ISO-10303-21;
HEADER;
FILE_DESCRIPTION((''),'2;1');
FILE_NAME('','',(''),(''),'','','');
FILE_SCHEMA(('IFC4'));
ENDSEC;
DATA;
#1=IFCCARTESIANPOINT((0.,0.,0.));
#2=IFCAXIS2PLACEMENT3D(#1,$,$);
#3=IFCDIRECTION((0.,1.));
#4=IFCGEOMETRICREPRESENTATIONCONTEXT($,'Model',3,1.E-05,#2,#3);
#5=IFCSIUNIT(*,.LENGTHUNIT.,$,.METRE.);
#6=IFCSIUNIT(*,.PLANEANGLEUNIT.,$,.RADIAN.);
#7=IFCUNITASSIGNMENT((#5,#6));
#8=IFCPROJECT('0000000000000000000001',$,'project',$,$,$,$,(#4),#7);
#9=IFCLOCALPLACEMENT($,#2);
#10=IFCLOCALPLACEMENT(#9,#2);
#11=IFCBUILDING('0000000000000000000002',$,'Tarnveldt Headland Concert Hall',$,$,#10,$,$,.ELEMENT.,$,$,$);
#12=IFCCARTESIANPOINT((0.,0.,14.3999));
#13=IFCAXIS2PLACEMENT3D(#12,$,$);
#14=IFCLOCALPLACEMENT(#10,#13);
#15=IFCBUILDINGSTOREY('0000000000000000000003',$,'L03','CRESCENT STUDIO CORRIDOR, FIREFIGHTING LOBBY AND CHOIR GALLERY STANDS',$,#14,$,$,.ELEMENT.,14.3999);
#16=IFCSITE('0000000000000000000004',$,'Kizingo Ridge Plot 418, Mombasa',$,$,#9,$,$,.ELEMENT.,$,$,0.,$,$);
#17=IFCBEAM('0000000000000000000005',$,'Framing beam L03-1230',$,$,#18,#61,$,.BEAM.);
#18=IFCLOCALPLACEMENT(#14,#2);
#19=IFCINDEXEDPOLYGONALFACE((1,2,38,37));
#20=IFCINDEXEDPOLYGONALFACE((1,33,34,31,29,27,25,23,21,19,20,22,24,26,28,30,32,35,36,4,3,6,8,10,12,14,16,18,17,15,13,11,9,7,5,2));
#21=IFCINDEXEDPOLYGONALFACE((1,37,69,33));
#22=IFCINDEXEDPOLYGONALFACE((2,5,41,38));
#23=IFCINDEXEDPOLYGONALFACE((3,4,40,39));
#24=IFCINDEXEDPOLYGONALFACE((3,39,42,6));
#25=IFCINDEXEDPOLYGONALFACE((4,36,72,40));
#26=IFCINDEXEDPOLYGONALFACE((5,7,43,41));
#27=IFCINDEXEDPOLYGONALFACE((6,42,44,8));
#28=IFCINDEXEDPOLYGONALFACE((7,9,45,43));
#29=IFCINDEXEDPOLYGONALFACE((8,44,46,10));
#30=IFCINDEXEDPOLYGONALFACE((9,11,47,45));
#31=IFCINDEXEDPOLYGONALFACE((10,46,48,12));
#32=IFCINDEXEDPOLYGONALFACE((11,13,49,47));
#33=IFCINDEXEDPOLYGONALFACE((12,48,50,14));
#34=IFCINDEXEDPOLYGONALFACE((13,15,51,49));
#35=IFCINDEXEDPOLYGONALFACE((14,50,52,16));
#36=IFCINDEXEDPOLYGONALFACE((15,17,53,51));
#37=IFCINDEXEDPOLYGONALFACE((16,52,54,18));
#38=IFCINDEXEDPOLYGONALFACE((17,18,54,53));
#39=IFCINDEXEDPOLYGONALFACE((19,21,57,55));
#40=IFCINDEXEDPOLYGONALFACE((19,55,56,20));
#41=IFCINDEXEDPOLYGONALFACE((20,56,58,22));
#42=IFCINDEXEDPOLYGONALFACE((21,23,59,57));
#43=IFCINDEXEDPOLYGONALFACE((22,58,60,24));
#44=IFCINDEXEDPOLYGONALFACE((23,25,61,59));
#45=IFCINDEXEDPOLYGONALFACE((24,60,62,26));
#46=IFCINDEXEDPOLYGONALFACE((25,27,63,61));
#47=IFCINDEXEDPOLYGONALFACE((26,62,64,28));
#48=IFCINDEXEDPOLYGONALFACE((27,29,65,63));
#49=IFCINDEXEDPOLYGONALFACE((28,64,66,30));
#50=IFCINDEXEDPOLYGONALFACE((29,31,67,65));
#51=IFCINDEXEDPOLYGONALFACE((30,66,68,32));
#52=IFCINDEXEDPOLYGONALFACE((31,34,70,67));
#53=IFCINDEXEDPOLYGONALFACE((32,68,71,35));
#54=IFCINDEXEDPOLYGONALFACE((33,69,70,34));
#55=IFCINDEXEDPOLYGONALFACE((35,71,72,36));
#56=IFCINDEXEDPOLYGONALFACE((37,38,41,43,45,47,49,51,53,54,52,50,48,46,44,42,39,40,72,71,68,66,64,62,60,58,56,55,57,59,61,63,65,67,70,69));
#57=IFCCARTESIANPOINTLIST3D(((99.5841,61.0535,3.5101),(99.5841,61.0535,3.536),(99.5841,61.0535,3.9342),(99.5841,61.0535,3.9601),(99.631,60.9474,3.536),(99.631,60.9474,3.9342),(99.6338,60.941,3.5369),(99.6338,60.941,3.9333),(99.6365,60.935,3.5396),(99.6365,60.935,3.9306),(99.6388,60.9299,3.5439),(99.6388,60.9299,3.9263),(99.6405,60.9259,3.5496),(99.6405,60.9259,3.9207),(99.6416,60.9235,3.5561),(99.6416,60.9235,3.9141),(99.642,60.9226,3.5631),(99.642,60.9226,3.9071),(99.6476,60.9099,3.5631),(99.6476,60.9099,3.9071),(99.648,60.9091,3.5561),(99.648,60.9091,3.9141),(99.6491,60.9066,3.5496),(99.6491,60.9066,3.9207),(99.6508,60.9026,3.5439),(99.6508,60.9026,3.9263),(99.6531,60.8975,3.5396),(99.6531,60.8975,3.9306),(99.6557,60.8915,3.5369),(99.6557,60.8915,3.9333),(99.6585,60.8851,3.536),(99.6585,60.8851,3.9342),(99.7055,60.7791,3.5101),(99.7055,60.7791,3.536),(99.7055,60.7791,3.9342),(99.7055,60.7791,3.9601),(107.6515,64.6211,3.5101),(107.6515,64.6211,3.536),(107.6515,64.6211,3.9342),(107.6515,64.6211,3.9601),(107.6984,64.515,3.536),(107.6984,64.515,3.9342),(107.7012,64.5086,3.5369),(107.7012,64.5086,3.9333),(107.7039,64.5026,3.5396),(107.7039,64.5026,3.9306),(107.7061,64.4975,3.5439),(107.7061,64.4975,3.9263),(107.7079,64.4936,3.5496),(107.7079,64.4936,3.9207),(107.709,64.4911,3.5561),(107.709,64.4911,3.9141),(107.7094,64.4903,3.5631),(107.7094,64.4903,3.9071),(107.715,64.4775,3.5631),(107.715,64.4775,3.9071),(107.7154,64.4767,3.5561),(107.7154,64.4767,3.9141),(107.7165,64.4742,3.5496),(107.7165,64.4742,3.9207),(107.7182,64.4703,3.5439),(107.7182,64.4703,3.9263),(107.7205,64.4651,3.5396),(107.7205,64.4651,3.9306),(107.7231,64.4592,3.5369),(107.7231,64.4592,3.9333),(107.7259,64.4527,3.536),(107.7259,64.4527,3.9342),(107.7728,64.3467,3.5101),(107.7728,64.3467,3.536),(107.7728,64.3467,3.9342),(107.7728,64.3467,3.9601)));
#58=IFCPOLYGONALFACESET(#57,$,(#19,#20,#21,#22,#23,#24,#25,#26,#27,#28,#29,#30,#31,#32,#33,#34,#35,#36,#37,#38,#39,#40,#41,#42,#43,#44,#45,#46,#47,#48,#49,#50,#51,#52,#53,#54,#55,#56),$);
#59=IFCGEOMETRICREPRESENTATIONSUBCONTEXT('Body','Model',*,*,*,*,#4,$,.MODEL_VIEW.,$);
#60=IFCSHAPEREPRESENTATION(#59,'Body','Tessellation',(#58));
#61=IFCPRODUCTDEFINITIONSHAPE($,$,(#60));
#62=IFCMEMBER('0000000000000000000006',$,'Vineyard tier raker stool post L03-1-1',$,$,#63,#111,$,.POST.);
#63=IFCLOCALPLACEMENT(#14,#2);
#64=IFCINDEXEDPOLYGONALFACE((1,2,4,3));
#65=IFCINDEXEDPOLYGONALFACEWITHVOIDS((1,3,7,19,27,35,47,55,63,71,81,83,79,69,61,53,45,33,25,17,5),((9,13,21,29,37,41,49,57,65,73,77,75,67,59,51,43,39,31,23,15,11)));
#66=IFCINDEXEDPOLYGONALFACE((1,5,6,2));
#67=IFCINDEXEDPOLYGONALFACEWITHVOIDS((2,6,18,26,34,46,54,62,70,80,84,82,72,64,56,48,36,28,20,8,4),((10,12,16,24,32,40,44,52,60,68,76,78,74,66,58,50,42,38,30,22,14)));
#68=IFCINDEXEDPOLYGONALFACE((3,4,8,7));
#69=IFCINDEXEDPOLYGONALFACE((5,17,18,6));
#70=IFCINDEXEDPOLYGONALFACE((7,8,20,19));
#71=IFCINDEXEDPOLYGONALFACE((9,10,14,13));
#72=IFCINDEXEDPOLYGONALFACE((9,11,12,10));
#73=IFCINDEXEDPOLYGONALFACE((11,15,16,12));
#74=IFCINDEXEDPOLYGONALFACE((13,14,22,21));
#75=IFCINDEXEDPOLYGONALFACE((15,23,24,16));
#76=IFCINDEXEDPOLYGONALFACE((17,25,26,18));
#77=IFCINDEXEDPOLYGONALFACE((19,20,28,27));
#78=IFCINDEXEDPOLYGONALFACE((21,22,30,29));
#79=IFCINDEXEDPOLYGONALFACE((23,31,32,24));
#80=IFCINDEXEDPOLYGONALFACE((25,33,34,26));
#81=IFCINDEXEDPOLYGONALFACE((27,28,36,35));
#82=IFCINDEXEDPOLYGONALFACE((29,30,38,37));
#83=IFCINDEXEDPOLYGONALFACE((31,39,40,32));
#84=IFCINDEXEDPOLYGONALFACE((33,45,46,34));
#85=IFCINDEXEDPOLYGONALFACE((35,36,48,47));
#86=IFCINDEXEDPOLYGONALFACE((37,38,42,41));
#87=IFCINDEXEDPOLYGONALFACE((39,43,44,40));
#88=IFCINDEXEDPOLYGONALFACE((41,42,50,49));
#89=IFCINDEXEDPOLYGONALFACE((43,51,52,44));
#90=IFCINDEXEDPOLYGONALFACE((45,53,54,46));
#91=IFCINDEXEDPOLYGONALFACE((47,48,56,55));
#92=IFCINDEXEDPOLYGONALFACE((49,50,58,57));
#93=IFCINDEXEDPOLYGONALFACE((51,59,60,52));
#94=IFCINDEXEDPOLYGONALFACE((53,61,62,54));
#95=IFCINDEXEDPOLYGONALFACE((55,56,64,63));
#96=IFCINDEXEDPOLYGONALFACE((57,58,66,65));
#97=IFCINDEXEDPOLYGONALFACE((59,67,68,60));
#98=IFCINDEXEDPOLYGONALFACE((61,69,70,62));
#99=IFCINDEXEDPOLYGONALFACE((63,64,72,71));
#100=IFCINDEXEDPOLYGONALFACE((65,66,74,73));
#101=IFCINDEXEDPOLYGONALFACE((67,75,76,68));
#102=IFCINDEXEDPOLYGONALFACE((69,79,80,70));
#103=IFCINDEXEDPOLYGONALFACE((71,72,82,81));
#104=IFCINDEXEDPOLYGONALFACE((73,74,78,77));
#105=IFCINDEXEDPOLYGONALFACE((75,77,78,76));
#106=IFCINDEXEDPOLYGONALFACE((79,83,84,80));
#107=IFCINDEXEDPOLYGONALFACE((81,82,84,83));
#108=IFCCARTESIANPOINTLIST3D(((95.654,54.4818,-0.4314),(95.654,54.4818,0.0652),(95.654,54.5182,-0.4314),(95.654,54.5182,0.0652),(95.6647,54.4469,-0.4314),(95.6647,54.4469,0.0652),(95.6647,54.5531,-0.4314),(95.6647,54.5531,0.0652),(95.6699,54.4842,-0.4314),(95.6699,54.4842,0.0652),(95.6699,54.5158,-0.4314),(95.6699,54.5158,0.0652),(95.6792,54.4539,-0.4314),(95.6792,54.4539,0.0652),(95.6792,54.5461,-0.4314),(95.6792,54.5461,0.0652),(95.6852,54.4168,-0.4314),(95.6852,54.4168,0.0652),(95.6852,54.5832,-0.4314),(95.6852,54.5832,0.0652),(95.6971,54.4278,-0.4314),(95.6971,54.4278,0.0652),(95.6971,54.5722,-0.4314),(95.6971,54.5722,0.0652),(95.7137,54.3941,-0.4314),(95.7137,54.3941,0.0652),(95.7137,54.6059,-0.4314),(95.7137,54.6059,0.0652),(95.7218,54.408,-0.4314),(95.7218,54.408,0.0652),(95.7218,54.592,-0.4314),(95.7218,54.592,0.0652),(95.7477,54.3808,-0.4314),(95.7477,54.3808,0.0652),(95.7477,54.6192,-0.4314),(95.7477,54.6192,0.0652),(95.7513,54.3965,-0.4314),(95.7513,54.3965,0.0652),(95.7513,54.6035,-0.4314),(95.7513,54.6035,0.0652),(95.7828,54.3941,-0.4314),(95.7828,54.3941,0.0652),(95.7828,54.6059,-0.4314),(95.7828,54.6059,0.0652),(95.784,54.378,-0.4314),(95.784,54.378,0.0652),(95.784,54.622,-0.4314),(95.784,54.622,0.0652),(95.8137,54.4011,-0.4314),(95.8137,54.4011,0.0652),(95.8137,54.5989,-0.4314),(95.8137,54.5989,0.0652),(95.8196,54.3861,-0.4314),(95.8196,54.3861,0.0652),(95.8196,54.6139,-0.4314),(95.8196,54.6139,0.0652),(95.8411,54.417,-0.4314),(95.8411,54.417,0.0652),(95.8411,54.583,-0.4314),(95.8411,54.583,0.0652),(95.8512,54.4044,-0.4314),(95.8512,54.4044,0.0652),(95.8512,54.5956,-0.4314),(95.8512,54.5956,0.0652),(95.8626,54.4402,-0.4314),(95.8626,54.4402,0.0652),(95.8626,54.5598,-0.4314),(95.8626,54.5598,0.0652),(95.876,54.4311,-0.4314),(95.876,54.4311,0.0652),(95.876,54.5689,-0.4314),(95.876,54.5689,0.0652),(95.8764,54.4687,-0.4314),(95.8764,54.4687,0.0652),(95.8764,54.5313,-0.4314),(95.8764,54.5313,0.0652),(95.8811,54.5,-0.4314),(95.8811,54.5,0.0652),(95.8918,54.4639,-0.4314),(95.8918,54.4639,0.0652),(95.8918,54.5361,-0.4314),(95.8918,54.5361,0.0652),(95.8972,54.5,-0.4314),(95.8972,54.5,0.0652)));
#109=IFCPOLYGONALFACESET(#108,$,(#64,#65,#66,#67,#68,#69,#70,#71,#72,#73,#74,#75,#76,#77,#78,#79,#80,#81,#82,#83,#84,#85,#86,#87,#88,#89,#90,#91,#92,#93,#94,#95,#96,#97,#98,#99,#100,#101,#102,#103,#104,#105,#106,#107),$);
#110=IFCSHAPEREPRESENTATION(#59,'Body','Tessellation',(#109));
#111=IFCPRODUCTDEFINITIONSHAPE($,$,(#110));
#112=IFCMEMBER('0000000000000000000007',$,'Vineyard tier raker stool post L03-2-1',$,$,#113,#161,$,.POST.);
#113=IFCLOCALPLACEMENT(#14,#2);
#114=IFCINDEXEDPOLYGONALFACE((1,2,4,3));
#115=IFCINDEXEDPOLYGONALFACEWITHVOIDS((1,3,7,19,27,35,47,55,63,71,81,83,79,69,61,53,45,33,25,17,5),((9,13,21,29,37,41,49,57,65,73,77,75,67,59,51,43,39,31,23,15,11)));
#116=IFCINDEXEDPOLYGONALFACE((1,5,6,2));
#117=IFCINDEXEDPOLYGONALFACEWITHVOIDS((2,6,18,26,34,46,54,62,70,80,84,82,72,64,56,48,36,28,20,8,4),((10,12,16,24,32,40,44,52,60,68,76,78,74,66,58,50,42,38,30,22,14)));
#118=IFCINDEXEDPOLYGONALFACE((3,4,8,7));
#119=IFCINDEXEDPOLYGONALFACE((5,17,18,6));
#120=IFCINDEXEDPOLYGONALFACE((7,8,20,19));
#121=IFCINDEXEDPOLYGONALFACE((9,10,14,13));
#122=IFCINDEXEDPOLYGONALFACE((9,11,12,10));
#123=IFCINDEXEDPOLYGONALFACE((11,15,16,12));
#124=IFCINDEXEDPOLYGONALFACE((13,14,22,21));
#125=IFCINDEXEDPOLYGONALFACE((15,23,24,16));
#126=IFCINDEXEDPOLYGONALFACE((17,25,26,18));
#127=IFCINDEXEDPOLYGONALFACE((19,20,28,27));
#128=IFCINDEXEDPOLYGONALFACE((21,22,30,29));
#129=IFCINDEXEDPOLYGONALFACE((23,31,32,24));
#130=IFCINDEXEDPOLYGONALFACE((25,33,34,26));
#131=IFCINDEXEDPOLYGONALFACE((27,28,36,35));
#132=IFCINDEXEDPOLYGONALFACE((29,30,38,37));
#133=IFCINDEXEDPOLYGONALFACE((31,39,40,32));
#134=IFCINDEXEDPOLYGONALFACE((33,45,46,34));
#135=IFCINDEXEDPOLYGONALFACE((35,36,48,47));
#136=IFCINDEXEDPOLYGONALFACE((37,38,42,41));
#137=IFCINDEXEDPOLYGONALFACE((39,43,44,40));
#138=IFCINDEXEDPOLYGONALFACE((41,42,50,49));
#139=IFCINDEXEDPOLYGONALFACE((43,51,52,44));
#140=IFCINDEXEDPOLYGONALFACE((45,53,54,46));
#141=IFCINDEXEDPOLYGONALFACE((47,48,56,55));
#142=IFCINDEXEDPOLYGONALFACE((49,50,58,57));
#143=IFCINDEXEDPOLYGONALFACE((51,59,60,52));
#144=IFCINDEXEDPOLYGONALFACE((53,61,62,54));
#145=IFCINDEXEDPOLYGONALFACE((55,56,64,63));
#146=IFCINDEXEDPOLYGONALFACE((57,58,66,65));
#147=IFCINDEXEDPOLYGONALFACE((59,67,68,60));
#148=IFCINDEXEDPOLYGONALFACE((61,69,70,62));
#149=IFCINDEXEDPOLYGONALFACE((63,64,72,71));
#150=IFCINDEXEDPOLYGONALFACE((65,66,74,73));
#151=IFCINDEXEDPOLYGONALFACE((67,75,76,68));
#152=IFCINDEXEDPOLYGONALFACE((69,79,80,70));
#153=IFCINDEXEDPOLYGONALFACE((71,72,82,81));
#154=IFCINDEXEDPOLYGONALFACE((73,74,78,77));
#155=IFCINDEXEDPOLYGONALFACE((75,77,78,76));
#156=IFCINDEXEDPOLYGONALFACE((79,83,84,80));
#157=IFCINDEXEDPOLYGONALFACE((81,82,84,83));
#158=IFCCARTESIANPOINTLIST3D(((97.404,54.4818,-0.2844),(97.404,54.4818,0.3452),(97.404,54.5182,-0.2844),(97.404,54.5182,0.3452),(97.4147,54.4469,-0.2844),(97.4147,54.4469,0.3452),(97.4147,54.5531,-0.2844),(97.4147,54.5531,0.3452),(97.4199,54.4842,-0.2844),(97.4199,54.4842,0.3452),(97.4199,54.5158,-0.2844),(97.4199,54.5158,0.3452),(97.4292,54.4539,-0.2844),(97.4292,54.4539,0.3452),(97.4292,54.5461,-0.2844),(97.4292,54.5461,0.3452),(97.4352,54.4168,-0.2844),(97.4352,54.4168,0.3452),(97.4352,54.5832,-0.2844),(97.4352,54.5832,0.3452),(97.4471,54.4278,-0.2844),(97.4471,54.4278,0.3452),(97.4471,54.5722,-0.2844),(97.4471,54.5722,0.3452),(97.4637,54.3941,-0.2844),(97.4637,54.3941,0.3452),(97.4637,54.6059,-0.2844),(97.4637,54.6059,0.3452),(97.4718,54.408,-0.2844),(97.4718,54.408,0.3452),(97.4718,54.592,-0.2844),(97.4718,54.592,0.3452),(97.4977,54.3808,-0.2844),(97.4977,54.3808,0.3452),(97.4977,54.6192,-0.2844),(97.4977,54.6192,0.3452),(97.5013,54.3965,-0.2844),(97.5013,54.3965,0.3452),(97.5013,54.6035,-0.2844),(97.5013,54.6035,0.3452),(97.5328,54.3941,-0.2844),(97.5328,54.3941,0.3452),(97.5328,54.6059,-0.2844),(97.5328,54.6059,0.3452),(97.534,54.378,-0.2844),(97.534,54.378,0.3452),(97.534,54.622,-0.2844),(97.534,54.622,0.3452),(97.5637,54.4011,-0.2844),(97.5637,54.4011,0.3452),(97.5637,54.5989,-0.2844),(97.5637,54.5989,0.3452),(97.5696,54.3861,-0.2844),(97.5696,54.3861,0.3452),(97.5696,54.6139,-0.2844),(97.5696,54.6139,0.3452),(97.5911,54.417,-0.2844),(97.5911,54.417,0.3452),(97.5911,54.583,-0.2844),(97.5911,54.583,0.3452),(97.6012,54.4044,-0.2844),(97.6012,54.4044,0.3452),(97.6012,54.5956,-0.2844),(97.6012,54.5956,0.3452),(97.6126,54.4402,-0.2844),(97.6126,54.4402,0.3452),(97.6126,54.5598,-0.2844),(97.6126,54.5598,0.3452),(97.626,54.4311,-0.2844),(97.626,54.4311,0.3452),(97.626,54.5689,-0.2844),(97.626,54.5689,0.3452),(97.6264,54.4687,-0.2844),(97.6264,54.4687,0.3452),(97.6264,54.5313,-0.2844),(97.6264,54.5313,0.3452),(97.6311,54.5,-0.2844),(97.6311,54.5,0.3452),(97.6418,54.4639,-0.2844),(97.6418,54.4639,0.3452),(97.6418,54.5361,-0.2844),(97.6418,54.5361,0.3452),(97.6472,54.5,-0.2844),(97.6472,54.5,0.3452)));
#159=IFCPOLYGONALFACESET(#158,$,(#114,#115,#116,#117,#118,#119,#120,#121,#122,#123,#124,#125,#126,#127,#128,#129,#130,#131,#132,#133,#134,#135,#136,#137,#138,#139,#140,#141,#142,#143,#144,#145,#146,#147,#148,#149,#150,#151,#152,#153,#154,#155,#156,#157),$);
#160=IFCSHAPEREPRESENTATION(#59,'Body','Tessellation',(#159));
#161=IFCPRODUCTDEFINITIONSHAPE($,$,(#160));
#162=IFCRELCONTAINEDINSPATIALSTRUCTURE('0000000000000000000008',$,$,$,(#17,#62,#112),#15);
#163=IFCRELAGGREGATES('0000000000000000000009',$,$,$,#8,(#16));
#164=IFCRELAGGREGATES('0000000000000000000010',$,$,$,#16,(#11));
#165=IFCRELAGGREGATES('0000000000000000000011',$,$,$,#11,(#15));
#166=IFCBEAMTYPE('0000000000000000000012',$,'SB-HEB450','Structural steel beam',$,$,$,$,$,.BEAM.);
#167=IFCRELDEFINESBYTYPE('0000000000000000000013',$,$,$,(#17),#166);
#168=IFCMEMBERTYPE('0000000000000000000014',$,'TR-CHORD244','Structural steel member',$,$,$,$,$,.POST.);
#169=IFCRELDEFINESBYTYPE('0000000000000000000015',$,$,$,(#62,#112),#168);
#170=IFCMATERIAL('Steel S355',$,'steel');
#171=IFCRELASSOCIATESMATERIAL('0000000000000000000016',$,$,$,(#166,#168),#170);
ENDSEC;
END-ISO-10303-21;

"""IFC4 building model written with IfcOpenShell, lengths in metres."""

from ifc_helpers import new_model, si_unit, direction, frame, origin, origin_2d, place, context, subcontext, project, spatial, hollow_circle, i_section, extrude, material, material_profile, profile_set, type_object, element, save


model = new_model("IFC4")

# Units and contexts
model_context = context("Model", 3, precision=1e-05, world=origin(), true_north=direction((0.0, 1.0)))
body_context = subcontext(model_context, "Body", "Model", "MODEL_VIEW")
ifc_project = project(units=[si_unit("LENGTHUNIT", "METRE"), si_unit("PLANEANGLEUNIT", "RADIAN")], contexts=[model_context])

# Site, building, storey
site_placement = place(None, origin())
site = spatial("IfcSite", under=ifc_project, at=site_placement, Name="Kizingo Ridge Plot 418, Mombasa", CompositionType="ELEMENT", RefElevation=0.0)
building_placement = place(site_placement, origin())
building = spatial("IfcBuilding", under=site, at=building_placement, Name="Tarnveldt Headland Concert Hall", CompositionType="ELEMENT")
storey_placement = place(building_placement, frame((0.0, 0.0, 14.3999)))
storey = spatial("IfcBuildingStorey", under=building, at=storey_placement, Name="L03", Description="CRESCENT STUDIO CORRIDOR, FIREFIGHTING LOBBY AND CHOIR GALLERY STANDS", CompositionType="ELEMENT", Elevation=14.3999)

# Beam
ifc_material_1 = material(Name="Steel S355", Category="steel")
ifc_material_profile_1 = material_profile(ifc_material_1, i_section(OverallWidth=0.3, OverallDepth=0.45, WebThickness=0.0139, FlangeThickness=0.0259, FilletRadius=0.0271, at=origin_2d()), Name="HEB450", Category="steel")
ifc_profile_set_1 = profile_set([ifc_material_profile_1], Name="Steel S355")
beam_type_1 = type_object("IfcBeamType", Name="SB-HEB450", Description="Structural steel beam", PredefinedType="BEAM", material=ifc_profile_set_1)
beam_1_placement = place(storey_placement, frame((99.6448, 60.9163, 3.7351), z_axis=(0.914562, 0.404445, 0.0), x_axis=(-0.404445, 0.914562, 0.0)))
element("IfcBeam", 1, at=beam_1_placement, inside=storey, type_object=beam_type_1, Name="Framing beam L03-1230", PredefinedType="BEAM", context=body_context, shape_type="SweptSolid", body=[
    extrude(i_section(OverallWidth=0.3, OverallDepth=0.45, WebThickness=0.0139, FlangeThickness=0.0259, FilletRadius=0.0271, at=origin_2d()), origin(), (0.0, 0.0, 1.0), 8.821),
])

# Members
ifc_material_profile_2 = material_profile(ifc_material_1, hollow_circle(Radius=0.1223, WallThickness=0.0161, at=origin_2d()), Name="CHS 244.5x16", Category="steel")
ifc_profile_set_2 = profile_set([ifc_material_profile_2], Name="Steel S355")
member_type = type_object("IfcMemberType", Name="TR-CHORD244", Description="Structural steel member", PredefinedType="POST", material=ifc_profile_set_2)
member_1_placement = place(storey_placement, frame((95.7749, 54.5, -0.4314), z_axis=(0.0, 0.0, 1.0), x_axis=(1.0, 0.0, 0.0)))
element("IfcMember", 2, at=member_1_placement, inside=storey, type_object=member_type, Name="Vineyard tier raker stool post L03-1-1", PredefinedType="POST", context=body_context, shape_type="SweptSolid", body=[
    extrude(hollow_circle(Radius=0.1223, WallThickness=0.0161, at=origin_2d()), origin(), (0.0, 0.0, 1.0), 0.4966),
])
member_2_placement = place(storey_placement, frame((97.5249, 54.5, -0.2844), z_axis=(0.0, 0.0, 1.0), x_axis=(1.0, 0.0, 0.0)))
element("IfcMember", 3, at=member_2_placement, inside=storey, type_object=member_type, Name="Vineyard tier raker stool post L03-2-1", PredefinedType="POST", context=body_context, shape_type="SweptSolid", body=[
    extrude(hollow_circle(Radius=0.1223, WallThickness=0.0161, at=origin_2d()), origin(), (0.0, 0.0, 1.0), 0.6296),
])

save(model, "model.ifc")
